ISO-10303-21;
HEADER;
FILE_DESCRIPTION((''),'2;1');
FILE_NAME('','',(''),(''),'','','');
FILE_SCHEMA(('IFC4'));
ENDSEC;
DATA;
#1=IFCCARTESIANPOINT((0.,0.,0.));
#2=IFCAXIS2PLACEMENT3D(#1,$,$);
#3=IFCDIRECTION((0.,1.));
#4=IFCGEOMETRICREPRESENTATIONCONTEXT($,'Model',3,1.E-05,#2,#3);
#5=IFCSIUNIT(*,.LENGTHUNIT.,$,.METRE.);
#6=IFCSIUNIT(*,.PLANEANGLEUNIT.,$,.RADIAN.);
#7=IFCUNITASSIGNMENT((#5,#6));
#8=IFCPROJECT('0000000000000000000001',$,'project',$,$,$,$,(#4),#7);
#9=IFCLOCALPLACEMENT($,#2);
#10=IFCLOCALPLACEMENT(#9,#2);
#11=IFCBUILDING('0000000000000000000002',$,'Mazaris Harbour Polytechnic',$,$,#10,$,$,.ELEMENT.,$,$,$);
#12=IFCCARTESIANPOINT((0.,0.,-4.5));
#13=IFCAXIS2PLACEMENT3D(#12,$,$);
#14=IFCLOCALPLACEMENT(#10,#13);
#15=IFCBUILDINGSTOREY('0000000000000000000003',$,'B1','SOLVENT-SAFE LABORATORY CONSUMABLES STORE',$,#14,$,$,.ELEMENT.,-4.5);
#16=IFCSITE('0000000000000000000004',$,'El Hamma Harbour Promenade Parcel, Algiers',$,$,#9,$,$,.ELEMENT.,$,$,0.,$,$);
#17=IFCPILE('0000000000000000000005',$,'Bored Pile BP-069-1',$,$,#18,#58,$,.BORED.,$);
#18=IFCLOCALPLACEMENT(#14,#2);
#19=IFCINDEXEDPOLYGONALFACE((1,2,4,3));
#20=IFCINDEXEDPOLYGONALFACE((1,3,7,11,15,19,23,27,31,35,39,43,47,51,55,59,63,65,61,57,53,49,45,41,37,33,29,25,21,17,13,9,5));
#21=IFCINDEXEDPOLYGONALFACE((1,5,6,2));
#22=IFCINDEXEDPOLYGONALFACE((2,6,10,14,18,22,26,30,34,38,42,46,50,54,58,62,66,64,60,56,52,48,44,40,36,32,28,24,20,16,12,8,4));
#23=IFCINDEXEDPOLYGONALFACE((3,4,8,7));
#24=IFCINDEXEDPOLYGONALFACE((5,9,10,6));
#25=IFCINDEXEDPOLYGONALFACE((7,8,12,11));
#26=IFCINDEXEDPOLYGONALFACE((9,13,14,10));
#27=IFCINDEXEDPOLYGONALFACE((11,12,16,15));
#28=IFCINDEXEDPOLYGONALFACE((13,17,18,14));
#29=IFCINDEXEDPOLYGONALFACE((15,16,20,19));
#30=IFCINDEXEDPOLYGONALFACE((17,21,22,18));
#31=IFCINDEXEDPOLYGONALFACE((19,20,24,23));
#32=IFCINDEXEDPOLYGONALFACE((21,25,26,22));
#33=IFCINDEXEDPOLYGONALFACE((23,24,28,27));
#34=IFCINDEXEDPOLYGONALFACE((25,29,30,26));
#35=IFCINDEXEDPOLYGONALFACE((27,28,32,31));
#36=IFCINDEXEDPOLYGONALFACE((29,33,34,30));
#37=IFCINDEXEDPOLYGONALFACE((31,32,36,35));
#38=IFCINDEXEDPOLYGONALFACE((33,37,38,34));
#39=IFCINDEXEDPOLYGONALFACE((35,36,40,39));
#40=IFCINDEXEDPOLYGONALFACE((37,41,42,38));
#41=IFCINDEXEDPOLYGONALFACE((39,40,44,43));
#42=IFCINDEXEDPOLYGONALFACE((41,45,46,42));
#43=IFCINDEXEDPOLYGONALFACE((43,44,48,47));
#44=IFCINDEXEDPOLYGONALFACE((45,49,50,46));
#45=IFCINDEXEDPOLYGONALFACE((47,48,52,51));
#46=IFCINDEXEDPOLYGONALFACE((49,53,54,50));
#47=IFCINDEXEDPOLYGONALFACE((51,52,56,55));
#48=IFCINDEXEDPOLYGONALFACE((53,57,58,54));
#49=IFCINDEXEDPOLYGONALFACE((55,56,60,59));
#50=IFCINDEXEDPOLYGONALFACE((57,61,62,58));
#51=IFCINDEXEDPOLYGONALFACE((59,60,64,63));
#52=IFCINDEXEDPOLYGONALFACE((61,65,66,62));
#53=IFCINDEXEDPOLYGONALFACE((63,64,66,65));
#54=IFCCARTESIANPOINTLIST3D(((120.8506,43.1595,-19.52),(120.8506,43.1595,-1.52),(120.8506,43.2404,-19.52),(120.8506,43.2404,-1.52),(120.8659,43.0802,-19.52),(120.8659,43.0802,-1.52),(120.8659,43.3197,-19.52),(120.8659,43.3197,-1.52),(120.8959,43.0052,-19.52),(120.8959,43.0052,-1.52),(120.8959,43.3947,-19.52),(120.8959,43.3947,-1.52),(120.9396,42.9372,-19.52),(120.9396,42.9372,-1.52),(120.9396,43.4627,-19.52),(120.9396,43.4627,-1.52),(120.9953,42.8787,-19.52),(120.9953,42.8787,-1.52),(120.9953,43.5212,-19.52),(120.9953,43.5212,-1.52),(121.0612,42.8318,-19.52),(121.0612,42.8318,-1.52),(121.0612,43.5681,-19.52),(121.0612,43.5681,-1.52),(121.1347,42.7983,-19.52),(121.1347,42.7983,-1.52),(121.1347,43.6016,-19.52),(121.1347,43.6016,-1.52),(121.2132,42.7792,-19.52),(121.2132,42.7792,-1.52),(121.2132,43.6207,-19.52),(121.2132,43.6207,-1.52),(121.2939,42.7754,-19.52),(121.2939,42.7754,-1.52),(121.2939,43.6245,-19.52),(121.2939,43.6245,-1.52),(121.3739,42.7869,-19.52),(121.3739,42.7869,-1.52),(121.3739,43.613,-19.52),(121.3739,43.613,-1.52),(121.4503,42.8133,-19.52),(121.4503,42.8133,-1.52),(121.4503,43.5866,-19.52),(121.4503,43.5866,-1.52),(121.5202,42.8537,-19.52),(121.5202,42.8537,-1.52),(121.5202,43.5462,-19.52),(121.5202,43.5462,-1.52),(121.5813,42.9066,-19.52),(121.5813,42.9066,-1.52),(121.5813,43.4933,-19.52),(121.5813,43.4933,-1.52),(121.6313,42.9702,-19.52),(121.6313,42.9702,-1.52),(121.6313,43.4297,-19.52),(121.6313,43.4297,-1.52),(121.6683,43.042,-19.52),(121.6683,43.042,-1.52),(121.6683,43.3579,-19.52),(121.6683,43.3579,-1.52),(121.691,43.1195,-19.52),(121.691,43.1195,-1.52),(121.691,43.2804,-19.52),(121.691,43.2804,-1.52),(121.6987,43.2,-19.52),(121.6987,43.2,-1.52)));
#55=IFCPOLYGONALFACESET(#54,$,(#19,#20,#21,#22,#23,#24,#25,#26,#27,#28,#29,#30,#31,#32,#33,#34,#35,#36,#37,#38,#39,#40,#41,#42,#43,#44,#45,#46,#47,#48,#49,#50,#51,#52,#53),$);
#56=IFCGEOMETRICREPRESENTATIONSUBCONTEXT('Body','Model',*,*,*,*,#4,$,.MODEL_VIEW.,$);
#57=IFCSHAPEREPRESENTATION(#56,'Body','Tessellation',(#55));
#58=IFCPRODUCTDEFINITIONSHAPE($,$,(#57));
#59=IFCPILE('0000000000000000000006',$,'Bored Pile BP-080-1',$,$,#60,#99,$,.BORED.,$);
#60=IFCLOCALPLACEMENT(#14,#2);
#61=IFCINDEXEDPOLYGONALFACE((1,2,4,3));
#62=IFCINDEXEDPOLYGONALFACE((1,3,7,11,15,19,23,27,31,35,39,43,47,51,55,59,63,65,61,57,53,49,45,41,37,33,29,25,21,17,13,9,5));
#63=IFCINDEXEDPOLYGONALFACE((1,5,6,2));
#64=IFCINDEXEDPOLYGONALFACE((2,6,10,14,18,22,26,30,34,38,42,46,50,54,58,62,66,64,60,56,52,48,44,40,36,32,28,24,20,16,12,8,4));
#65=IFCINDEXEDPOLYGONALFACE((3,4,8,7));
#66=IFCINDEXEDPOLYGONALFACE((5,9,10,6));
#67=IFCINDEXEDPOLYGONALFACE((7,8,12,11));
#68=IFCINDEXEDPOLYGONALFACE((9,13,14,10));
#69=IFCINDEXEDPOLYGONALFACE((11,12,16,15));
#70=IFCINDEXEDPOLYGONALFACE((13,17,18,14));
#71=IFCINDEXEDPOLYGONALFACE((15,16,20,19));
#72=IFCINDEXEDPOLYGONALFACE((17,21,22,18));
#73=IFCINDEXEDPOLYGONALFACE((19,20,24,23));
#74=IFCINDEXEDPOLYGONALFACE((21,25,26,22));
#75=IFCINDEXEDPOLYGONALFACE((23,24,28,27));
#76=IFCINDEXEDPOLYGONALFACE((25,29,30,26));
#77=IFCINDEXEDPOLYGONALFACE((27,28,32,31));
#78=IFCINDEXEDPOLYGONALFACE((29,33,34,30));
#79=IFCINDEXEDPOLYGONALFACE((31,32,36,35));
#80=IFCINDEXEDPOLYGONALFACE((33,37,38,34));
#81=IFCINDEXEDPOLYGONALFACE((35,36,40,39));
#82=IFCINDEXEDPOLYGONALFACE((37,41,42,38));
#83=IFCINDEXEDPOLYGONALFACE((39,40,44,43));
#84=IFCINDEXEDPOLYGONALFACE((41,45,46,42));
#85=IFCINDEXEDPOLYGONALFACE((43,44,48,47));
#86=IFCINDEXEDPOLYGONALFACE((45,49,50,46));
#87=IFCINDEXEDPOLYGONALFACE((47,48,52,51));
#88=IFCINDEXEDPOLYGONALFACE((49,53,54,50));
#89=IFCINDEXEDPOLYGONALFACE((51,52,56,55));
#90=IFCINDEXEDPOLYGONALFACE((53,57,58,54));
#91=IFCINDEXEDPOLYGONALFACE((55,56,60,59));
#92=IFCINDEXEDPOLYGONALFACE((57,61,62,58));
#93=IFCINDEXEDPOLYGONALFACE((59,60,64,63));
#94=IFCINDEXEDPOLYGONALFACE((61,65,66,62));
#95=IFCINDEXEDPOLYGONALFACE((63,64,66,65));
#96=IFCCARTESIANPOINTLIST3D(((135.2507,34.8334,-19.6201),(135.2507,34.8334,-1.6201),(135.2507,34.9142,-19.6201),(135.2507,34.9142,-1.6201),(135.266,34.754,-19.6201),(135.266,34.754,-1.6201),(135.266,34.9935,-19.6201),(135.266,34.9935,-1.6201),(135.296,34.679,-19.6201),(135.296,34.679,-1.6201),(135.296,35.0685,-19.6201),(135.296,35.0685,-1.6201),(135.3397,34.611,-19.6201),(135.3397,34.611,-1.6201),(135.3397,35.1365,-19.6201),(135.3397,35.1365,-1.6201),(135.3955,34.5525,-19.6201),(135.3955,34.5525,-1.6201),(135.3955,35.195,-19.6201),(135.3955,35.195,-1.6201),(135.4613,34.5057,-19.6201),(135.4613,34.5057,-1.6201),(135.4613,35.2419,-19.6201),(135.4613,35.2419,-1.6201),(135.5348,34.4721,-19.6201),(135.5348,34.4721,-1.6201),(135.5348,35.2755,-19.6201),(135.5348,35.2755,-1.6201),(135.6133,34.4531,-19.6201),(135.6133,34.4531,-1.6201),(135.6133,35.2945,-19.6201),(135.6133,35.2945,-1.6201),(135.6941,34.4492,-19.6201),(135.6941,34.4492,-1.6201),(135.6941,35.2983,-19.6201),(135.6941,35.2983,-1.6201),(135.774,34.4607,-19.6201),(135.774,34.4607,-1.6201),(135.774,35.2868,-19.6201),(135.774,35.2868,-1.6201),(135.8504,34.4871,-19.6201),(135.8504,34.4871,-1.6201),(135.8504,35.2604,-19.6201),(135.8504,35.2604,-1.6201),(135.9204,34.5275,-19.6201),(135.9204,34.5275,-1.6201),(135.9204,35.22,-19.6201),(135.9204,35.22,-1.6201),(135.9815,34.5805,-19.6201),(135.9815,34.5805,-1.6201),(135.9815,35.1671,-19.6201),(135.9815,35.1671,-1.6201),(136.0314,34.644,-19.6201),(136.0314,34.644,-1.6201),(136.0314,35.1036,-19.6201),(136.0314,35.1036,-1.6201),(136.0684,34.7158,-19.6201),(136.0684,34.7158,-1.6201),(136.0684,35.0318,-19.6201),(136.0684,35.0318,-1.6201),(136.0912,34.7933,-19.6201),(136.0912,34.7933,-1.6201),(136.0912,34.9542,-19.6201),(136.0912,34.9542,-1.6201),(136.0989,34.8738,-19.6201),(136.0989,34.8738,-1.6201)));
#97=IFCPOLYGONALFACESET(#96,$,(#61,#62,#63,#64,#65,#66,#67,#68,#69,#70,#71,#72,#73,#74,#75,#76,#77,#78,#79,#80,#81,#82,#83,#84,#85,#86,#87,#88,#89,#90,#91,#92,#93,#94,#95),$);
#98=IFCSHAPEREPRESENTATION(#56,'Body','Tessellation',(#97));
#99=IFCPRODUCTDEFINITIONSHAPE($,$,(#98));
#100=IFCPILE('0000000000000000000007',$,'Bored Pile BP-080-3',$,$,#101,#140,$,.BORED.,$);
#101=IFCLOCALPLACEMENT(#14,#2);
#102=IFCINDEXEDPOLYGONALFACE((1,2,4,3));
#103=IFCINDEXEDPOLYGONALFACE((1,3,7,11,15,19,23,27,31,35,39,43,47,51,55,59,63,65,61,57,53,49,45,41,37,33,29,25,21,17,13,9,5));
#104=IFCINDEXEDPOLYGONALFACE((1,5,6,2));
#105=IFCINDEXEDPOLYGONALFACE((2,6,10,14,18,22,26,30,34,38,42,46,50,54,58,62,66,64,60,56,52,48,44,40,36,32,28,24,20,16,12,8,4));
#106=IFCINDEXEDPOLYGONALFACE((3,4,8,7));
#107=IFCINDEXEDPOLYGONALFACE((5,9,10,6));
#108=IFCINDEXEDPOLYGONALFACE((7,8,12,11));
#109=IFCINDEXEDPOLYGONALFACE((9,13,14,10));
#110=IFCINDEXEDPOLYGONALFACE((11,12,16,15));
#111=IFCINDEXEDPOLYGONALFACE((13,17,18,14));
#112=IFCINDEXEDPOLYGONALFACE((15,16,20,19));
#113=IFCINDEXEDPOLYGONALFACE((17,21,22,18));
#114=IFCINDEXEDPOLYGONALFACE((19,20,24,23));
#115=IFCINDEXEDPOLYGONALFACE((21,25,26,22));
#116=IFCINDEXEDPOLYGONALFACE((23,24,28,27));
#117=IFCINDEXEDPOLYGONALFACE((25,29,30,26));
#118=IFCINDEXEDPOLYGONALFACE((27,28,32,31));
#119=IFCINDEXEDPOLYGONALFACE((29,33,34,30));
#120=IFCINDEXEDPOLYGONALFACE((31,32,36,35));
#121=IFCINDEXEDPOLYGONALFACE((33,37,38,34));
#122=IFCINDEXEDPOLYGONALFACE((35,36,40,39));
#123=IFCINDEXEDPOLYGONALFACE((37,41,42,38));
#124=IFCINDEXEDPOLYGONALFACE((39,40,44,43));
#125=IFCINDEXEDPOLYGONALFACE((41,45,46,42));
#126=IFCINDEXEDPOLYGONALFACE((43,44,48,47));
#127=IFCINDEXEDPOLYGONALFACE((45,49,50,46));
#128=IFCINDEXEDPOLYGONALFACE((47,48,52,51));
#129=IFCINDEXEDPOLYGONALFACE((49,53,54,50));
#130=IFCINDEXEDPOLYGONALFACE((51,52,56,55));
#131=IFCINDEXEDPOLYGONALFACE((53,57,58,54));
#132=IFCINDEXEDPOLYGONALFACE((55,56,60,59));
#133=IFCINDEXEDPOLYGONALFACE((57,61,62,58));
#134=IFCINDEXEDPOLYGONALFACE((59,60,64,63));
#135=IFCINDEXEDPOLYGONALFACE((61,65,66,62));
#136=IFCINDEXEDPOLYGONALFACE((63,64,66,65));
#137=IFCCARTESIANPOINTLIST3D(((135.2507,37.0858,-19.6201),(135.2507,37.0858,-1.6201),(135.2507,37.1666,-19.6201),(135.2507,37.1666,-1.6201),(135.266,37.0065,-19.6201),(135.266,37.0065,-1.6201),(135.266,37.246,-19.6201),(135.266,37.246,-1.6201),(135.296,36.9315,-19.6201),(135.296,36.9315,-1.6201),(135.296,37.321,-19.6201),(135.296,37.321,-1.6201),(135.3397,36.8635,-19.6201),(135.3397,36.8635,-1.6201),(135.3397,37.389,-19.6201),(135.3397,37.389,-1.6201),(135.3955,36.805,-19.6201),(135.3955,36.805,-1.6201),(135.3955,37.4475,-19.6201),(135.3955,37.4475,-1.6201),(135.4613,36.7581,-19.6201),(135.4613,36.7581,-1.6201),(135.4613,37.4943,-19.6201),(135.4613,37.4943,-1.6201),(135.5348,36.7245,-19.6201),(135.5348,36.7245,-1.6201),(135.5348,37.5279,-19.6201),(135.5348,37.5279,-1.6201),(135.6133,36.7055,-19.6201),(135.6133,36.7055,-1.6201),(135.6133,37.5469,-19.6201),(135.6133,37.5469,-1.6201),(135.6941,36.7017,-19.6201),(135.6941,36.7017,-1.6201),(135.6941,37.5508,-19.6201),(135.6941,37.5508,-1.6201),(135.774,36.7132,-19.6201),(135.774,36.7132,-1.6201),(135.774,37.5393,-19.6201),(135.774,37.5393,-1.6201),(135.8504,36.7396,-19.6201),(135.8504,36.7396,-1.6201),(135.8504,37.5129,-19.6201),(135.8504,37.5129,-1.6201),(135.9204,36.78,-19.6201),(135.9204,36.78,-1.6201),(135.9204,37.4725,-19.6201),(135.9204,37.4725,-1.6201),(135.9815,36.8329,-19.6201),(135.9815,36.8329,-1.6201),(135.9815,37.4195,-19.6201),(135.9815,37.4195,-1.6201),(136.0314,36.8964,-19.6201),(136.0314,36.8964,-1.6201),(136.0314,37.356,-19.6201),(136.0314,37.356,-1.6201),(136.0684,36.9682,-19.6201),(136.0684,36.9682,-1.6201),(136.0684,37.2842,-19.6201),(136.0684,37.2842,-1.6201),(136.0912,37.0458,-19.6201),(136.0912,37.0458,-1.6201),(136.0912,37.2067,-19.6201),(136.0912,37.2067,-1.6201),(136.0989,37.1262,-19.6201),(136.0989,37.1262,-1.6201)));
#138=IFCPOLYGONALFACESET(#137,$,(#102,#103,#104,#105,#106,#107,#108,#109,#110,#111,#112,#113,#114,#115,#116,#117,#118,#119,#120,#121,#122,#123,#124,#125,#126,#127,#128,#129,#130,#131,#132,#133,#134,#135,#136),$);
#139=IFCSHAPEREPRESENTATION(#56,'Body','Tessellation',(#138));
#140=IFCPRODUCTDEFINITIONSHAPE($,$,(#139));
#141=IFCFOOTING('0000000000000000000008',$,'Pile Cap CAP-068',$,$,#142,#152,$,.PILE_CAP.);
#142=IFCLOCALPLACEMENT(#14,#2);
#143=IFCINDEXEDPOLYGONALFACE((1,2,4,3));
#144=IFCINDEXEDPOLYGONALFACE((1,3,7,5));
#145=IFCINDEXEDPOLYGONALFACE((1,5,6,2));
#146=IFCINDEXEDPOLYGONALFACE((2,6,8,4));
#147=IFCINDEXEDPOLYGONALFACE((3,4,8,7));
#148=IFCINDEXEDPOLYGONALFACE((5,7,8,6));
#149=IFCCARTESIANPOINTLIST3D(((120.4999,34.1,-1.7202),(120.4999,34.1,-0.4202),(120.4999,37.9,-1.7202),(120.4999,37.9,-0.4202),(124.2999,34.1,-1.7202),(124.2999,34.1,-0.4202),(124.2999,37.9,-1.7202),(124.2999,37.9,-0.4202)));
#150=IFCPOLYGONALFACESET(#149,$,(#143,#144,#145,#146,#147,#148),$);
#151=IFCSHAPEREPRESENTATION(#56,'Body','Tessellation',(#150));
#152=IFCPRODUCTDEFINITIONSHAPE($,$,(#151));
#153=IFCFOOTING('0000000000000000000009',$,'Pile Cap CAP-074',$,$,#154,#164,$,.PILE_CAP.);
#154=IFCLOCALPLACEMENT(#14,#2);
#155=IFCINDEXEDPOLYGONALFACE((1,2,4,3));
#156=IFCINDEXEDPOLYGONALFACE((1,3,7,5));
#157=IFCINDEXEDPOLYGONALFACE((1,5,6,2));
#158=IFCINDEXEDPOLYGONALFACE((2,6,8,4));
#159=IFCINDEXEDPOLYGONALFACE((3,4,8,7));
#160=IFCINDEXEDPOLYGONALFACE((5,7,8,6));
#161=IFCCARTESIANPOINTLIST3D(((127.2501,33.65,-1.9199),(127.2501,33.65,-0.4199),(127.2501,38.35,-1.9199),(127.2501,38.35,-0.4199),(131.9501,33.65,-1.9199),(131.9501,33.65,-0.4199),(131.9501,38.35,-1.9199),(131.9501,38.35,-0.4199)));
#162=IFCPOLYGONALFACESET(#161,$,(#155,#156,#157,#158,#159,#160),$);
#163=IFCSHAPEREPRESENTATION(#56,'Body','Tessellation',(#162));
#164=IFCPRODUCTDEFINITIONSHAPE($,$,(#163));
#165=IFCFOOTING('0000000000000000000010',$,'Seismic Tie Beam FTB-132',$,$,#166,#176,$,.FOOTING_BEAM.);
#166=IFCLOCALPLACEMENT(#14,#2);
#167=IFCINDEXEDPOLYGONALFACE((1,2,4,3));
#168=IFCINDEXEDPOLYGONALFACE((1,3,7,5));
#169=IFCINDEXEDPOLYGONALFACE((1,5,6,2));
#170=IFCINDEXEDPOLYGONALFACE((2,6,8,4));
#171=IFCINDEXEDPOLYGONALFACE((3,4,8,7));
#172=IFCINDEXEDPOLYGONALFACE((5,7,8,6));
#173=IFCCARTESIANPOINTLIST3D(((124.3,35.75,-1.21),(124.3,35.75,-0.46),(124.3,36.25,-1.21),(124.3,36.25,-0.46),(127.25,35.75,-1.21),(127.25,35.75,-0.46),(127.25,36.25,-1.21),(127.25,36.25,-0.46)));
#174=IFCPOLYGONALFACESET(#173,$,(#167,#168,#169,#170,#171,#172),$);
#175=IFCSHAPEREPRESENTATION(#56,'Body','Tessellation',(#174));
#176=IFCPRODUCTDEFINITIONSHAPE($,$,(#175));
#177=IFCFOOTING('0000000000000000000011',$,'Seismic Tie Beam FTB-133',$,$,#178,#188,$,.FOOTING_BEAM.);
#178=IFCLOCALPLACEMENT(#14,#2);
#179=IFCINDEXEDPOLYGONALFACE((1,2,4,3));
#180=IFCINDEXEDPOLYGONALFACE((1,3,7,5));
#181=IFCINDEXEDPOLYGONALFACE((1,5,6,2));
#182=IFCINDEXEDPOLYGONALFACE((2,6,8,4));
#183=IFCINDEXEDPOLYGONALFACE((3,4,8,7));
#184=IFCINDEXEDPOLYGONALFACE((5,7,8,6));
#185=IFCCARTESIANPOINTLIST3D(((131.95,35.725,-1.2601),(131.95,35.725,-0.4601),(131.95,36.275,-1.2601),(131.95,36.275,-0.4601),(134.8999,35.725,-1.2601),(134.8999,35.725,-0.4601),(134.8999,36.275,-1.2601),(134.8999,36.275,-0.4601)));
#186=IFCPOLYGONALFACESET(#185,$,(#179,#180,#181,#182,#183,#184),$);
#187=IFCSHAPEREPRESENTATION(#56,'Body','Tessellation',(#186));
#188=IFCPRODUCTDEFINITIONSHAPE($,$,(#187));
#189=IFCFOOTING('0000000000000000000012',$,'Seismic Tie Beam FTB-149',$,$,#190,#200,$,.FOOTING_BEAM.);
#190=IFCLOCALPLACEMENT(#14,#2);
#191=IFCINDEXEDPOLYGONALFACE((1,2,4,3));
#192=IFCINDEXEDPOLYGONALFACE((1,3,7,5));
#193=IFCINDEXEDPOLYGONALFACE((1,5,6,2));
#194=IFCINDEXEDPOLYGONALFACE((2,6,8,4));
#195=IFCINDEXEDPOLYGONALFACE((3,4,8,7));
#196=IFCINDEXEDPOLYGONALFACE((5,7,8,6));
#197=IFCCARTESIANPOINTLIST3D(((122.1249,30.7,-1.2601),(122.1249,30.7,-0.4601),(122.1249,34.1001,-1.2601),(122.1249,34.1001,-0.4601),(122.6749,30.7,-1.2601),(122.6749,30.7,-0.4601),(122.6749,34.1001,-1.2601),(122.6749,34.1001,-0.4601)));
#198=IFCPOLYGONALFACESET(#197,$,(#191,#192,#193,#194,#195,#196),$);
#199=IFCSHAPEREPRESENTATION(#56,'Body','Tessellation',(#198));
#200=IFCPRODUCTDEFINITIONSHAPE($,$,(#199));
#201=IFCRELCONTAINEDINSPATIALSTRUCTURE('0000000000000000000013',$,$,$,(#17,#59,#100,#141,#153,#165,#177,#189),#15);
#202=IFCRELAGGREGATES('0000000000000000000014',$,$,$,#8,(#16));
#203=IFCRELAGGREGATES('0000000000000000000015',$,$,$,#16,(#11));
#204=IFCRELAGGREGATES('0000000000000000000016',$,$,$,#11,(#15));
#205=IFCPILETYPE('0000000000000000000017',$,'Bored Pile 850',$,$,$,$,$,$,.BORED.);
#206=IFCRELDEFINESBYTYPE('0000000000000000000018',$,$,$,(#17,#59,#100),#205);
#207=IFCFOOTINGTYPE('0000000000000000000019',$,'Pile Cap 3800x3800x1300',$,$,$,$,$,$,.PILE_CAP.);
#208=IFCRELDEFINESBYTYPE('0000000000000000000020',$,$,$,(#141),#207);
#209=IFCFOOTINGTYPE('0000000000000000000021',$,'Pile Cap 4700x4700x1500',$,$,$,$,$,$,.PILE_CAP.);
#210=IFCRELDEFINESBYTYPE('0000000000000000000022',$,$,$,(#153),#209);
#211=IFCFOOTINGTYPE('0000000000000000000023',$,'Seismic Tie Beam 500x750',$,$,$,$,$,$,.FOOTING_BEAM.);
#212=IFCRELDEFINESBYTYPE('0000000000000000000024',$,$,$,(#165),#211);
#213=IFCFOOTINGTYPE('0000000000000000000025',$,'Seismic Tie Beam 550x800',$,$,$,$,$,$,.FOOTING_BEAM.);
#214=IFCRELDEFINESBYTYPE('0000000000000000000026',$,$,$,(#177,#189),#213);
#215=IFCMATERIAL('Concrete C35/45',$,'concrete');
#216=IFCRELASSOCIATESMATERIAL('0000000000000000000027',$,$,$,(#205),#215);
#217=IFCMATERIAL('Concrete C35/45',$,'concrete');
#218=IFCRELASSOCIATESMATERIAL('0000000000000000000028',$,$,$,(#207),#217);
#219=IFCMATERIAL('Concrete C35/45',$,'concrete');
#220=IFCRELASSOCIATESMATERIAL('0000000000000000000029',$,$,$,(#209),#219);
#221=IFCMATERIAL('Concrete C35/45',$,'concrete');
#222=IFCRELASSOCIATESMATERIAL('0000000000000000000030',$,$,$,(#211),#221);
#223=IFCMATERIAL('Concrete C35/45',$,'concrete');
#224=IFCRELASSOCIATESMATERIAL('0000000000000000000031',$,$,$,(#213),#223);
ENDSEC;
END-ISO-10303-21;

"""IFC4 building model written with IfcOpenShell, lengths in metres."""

from ifc_helpers import new_model, si_unit, direction, frame, origin, origin_2d, place, context, subcontext, project, spatial, rectangle, circle, extrude, material, material_profile, profile_set, type_object, element, save


model = new_model("IFC4")

# Units and contexts
model_context = context("Model", 3, precision=1e-05, world=origin(), true_north=direction((0.0, 1.0)))
body_context = subcontext(model_context, "Body", "Model", "MODEL_VIEW")
ifc_project = project(units=[si_unit("LENGTHUNIT", "METRE"), si_unit("PLANEANGLEUNIT", "RADIAN")], contexts=[model_context])

# Site, building, storey
site_placement = place(None, origin())
site = spatial("IfcSite", under=ifc_project, at=site_placement, Name="El Hamma Harbour Promenade Parcel, Algiers", CompositionType="ELEMENT", RefElevation=0.0)
building_placement = place(site_placement, origin())
building = spatial("IfcBuilding", under=site, at=building_placement, Name="Mazaris Harbour Polytechnic", CompositionType="ELEMENT")
storey_placement = place(building_placement, frame((0.0, 0.0, -4.5)))
storey = spatial("IfcBuildingStorey", under=building, at=storey_placement, Name="B1", Description="SOLVENT-SAFE LABORATORY CONSUMABLES STORE", CompositionType="ELEMENT", Elevation=-4.5)

# Piles
ifc_material_1 = material(Name="Concrete C35/45", Category="concrete")
ifc_material_profile_1 = material_profile(ifc_material_1, circle(Radius=0.425, at=origin_2d()), Name="DIA850")
ifc_profile_set_1 = profile_set([ifc_material_profile_1], Name="Concrete C35/45")
pile_type_1 = type_object("IfcPileType", Name="Bored Pile 850", PredefinedType="BORED", material=ifc_profile_set_1)
for number, where, z_axis, x_axis, name in (
    (1, (121.2737, 43.2, -1.52), (0.0, 0.0, -1.0), (1.0, 0.0, 0.0), "Bored Pile BP-069-1"),
    (2, (135.6738, 34.8738, -1.6201), (0.0, 0.0, -1.0), (1.0, 0.0, 0.0), "Bored Pile BP-080-1"),
    (3, (135.6738, 37.1262, -1.6201), (0.0, 0.0, -1.0), (1.0, 0.0, 0.0), "Bored Pile BP-080-3"),
):
    element("IfcPile", number, at=place(storey_placement, frame(where, z_axis=z_axis, x_axis=x_axis)), inside=storey, type_object=pile_type_1, Name=name, PredefinedType="BORED", context=body_context, shape_type="SweptSolid", body=[
        extrude(circle(Radius=0.425, at=origin_2d()), origin(), (0.0, 0.0, 1.0), 18.0),
    ])

# Footings
ifc_material_2 = material(Name="Concrete C35/45", Category="concrete")
footing_type_1 = type_object("IfcFootingType", Name="Pile Cap 3800x3800x1300", PredefinedType="PILE_CAP", material=ifc_material_2)
footing_1_placement = place(storey_placement, frame((122.3999, 36.0, -1.7202), z_axis=(0.0, 0.0, 1.0), x_axis=(1.0, 0.0, 0.0)))
element("IfcFooting", 4, at=footing_1_placement, inside=storey, type_object=footing_type_1, Name="Pile Cap CAP-068", PredefinedType="PILE_CAP", context=body_context, shape_type="SweptSolid", body=[
    extrude(rectangle(XDim=3.8, YDim=3.8, at=origin_2d()), origin(), (0.0, 0.0, 1.0), 1.3),
])
ifc_material_3 = material(Name="Concrete C35/45", Category="concrete")
footing_type_2 = type_object("IfcFootingType", Name="Pile Cap 4700x4700x1500", PredefinedType="PILE_CAP", material=ifc_material_3)
footing_2_placement = place(storey_placement, frame((129.6001, 36.0, -1.9199), z_axis=(0.0, 0.0, 1.0), x_axis=(1.0, 0.0, 0.0)))
element("IfcFooting", 5, at=footing_2_placement, inside=storey, type_object=footing_type_2, Name="Pile Cap CAP-074", PredefinedType="PILE_CAP", context=body_context, shape_type="SweptSolid", body=[
    extrude(rectangle(XDim=4.7, YDim=4.7, at=origin_2d()), origin(), (0.0, 0.0, 1.0), 1.5),
])
ifc_material_4 = material(Name="Concrete C35/45", Category="concrete")
ifc_material_profile_2 = material_profile(ifc_material_4, rectangle(XDim=0.5, YDim=0.75, at=origin_2d()), Name="RECT500x750")
ifc_profile_set_2 = profile_set([ifc_material_profile_2], Name="Concrete C35/45")
footing_type_3 = type_object("IfcFootingType", Name="Seismic Tie Beam 500x750", PredefinedType="FOOTING_BEAM", material=ifc_profile_set_2)
footing_3_placement = place(storey_placement, frame((124.3, 36.0, -0.835), z_axis=(1.0, 0.0, 0.0), x_axis=(0.0, 1.0, 0.0)))
element("IfcFooting", 6, at=footing_3_placement, inside=storey, type_object=footing_type_3, Name="Seismic Tie Beam FTB-132", PredefinedType="FOOTING_BEAM", context=body_context, shape_type="SweptSolid", body=[
    extrude(rectangle(XDim=0.5, YDim=0.75, at=origin_2d()), origin(), (0.0, 0.0, 1.0), 2.95),
])
ifc_material_5 = material(Name="Concrete C35/45", Category="concrete")
ifc_material_profile_3 = material_profile(ifc_material_5, rectangle(XDim=0.55, YDim=0.8, at=origin_2d()), Name="RECT550x800")
ifc_profile_set_3 = profile_set([ifc_material_profile_3], Name="Concrete C35/45")
footing_type_4 = type_object("IfcFootingType", Name="Seismic Tie Beam 550x800", PredefinedType="FOOTING_BEAM", material=ifc_profile_set_3)
footing_4_placement = place(storey_placement, frame((131.95, 36.0, -0.8601), z_axis=(1.0, 0.0, 0.0), x_axis=(0.0, 1.0, 0.0)))
element("IfcFooting", 7, at=footing_4_placement, inside=storey, type_object=footing_type_4, Name="Seismic Tie Beam FTB-133", PredefinedType="FOOTING_BEAM", context=body_context, shape_type="SweptSolid", body=[
    extrude(rectangle(XDim=0.55, YDim=0.8, at=origin_2d()), origin(), (0.0, 0.0, 1.0), 2.95),
])
footing_5_placement = place(storey_placement, frame((122.3999, 30.7, -0.8601), z_axis=(0.0, 1.0, 0.0), x_axis=(-1.0, 0.0, 0.0)))
element("IfcFooting", 8, at=footing_5_placement, inside=storey, type_object=footing_type_4, Name="Seismic Tie Beam FTB-149", PredefinedType="FOOTING_BEAM", context=body_context, shape_type="SweptSolid", body=[
    extrude(rectangle(XDim=0.55, YDim=0.8, at=origin_2d()), origin(), (0.0, 0.0, 1.0), 3.4001),
])

save(model, "model.ifc")
